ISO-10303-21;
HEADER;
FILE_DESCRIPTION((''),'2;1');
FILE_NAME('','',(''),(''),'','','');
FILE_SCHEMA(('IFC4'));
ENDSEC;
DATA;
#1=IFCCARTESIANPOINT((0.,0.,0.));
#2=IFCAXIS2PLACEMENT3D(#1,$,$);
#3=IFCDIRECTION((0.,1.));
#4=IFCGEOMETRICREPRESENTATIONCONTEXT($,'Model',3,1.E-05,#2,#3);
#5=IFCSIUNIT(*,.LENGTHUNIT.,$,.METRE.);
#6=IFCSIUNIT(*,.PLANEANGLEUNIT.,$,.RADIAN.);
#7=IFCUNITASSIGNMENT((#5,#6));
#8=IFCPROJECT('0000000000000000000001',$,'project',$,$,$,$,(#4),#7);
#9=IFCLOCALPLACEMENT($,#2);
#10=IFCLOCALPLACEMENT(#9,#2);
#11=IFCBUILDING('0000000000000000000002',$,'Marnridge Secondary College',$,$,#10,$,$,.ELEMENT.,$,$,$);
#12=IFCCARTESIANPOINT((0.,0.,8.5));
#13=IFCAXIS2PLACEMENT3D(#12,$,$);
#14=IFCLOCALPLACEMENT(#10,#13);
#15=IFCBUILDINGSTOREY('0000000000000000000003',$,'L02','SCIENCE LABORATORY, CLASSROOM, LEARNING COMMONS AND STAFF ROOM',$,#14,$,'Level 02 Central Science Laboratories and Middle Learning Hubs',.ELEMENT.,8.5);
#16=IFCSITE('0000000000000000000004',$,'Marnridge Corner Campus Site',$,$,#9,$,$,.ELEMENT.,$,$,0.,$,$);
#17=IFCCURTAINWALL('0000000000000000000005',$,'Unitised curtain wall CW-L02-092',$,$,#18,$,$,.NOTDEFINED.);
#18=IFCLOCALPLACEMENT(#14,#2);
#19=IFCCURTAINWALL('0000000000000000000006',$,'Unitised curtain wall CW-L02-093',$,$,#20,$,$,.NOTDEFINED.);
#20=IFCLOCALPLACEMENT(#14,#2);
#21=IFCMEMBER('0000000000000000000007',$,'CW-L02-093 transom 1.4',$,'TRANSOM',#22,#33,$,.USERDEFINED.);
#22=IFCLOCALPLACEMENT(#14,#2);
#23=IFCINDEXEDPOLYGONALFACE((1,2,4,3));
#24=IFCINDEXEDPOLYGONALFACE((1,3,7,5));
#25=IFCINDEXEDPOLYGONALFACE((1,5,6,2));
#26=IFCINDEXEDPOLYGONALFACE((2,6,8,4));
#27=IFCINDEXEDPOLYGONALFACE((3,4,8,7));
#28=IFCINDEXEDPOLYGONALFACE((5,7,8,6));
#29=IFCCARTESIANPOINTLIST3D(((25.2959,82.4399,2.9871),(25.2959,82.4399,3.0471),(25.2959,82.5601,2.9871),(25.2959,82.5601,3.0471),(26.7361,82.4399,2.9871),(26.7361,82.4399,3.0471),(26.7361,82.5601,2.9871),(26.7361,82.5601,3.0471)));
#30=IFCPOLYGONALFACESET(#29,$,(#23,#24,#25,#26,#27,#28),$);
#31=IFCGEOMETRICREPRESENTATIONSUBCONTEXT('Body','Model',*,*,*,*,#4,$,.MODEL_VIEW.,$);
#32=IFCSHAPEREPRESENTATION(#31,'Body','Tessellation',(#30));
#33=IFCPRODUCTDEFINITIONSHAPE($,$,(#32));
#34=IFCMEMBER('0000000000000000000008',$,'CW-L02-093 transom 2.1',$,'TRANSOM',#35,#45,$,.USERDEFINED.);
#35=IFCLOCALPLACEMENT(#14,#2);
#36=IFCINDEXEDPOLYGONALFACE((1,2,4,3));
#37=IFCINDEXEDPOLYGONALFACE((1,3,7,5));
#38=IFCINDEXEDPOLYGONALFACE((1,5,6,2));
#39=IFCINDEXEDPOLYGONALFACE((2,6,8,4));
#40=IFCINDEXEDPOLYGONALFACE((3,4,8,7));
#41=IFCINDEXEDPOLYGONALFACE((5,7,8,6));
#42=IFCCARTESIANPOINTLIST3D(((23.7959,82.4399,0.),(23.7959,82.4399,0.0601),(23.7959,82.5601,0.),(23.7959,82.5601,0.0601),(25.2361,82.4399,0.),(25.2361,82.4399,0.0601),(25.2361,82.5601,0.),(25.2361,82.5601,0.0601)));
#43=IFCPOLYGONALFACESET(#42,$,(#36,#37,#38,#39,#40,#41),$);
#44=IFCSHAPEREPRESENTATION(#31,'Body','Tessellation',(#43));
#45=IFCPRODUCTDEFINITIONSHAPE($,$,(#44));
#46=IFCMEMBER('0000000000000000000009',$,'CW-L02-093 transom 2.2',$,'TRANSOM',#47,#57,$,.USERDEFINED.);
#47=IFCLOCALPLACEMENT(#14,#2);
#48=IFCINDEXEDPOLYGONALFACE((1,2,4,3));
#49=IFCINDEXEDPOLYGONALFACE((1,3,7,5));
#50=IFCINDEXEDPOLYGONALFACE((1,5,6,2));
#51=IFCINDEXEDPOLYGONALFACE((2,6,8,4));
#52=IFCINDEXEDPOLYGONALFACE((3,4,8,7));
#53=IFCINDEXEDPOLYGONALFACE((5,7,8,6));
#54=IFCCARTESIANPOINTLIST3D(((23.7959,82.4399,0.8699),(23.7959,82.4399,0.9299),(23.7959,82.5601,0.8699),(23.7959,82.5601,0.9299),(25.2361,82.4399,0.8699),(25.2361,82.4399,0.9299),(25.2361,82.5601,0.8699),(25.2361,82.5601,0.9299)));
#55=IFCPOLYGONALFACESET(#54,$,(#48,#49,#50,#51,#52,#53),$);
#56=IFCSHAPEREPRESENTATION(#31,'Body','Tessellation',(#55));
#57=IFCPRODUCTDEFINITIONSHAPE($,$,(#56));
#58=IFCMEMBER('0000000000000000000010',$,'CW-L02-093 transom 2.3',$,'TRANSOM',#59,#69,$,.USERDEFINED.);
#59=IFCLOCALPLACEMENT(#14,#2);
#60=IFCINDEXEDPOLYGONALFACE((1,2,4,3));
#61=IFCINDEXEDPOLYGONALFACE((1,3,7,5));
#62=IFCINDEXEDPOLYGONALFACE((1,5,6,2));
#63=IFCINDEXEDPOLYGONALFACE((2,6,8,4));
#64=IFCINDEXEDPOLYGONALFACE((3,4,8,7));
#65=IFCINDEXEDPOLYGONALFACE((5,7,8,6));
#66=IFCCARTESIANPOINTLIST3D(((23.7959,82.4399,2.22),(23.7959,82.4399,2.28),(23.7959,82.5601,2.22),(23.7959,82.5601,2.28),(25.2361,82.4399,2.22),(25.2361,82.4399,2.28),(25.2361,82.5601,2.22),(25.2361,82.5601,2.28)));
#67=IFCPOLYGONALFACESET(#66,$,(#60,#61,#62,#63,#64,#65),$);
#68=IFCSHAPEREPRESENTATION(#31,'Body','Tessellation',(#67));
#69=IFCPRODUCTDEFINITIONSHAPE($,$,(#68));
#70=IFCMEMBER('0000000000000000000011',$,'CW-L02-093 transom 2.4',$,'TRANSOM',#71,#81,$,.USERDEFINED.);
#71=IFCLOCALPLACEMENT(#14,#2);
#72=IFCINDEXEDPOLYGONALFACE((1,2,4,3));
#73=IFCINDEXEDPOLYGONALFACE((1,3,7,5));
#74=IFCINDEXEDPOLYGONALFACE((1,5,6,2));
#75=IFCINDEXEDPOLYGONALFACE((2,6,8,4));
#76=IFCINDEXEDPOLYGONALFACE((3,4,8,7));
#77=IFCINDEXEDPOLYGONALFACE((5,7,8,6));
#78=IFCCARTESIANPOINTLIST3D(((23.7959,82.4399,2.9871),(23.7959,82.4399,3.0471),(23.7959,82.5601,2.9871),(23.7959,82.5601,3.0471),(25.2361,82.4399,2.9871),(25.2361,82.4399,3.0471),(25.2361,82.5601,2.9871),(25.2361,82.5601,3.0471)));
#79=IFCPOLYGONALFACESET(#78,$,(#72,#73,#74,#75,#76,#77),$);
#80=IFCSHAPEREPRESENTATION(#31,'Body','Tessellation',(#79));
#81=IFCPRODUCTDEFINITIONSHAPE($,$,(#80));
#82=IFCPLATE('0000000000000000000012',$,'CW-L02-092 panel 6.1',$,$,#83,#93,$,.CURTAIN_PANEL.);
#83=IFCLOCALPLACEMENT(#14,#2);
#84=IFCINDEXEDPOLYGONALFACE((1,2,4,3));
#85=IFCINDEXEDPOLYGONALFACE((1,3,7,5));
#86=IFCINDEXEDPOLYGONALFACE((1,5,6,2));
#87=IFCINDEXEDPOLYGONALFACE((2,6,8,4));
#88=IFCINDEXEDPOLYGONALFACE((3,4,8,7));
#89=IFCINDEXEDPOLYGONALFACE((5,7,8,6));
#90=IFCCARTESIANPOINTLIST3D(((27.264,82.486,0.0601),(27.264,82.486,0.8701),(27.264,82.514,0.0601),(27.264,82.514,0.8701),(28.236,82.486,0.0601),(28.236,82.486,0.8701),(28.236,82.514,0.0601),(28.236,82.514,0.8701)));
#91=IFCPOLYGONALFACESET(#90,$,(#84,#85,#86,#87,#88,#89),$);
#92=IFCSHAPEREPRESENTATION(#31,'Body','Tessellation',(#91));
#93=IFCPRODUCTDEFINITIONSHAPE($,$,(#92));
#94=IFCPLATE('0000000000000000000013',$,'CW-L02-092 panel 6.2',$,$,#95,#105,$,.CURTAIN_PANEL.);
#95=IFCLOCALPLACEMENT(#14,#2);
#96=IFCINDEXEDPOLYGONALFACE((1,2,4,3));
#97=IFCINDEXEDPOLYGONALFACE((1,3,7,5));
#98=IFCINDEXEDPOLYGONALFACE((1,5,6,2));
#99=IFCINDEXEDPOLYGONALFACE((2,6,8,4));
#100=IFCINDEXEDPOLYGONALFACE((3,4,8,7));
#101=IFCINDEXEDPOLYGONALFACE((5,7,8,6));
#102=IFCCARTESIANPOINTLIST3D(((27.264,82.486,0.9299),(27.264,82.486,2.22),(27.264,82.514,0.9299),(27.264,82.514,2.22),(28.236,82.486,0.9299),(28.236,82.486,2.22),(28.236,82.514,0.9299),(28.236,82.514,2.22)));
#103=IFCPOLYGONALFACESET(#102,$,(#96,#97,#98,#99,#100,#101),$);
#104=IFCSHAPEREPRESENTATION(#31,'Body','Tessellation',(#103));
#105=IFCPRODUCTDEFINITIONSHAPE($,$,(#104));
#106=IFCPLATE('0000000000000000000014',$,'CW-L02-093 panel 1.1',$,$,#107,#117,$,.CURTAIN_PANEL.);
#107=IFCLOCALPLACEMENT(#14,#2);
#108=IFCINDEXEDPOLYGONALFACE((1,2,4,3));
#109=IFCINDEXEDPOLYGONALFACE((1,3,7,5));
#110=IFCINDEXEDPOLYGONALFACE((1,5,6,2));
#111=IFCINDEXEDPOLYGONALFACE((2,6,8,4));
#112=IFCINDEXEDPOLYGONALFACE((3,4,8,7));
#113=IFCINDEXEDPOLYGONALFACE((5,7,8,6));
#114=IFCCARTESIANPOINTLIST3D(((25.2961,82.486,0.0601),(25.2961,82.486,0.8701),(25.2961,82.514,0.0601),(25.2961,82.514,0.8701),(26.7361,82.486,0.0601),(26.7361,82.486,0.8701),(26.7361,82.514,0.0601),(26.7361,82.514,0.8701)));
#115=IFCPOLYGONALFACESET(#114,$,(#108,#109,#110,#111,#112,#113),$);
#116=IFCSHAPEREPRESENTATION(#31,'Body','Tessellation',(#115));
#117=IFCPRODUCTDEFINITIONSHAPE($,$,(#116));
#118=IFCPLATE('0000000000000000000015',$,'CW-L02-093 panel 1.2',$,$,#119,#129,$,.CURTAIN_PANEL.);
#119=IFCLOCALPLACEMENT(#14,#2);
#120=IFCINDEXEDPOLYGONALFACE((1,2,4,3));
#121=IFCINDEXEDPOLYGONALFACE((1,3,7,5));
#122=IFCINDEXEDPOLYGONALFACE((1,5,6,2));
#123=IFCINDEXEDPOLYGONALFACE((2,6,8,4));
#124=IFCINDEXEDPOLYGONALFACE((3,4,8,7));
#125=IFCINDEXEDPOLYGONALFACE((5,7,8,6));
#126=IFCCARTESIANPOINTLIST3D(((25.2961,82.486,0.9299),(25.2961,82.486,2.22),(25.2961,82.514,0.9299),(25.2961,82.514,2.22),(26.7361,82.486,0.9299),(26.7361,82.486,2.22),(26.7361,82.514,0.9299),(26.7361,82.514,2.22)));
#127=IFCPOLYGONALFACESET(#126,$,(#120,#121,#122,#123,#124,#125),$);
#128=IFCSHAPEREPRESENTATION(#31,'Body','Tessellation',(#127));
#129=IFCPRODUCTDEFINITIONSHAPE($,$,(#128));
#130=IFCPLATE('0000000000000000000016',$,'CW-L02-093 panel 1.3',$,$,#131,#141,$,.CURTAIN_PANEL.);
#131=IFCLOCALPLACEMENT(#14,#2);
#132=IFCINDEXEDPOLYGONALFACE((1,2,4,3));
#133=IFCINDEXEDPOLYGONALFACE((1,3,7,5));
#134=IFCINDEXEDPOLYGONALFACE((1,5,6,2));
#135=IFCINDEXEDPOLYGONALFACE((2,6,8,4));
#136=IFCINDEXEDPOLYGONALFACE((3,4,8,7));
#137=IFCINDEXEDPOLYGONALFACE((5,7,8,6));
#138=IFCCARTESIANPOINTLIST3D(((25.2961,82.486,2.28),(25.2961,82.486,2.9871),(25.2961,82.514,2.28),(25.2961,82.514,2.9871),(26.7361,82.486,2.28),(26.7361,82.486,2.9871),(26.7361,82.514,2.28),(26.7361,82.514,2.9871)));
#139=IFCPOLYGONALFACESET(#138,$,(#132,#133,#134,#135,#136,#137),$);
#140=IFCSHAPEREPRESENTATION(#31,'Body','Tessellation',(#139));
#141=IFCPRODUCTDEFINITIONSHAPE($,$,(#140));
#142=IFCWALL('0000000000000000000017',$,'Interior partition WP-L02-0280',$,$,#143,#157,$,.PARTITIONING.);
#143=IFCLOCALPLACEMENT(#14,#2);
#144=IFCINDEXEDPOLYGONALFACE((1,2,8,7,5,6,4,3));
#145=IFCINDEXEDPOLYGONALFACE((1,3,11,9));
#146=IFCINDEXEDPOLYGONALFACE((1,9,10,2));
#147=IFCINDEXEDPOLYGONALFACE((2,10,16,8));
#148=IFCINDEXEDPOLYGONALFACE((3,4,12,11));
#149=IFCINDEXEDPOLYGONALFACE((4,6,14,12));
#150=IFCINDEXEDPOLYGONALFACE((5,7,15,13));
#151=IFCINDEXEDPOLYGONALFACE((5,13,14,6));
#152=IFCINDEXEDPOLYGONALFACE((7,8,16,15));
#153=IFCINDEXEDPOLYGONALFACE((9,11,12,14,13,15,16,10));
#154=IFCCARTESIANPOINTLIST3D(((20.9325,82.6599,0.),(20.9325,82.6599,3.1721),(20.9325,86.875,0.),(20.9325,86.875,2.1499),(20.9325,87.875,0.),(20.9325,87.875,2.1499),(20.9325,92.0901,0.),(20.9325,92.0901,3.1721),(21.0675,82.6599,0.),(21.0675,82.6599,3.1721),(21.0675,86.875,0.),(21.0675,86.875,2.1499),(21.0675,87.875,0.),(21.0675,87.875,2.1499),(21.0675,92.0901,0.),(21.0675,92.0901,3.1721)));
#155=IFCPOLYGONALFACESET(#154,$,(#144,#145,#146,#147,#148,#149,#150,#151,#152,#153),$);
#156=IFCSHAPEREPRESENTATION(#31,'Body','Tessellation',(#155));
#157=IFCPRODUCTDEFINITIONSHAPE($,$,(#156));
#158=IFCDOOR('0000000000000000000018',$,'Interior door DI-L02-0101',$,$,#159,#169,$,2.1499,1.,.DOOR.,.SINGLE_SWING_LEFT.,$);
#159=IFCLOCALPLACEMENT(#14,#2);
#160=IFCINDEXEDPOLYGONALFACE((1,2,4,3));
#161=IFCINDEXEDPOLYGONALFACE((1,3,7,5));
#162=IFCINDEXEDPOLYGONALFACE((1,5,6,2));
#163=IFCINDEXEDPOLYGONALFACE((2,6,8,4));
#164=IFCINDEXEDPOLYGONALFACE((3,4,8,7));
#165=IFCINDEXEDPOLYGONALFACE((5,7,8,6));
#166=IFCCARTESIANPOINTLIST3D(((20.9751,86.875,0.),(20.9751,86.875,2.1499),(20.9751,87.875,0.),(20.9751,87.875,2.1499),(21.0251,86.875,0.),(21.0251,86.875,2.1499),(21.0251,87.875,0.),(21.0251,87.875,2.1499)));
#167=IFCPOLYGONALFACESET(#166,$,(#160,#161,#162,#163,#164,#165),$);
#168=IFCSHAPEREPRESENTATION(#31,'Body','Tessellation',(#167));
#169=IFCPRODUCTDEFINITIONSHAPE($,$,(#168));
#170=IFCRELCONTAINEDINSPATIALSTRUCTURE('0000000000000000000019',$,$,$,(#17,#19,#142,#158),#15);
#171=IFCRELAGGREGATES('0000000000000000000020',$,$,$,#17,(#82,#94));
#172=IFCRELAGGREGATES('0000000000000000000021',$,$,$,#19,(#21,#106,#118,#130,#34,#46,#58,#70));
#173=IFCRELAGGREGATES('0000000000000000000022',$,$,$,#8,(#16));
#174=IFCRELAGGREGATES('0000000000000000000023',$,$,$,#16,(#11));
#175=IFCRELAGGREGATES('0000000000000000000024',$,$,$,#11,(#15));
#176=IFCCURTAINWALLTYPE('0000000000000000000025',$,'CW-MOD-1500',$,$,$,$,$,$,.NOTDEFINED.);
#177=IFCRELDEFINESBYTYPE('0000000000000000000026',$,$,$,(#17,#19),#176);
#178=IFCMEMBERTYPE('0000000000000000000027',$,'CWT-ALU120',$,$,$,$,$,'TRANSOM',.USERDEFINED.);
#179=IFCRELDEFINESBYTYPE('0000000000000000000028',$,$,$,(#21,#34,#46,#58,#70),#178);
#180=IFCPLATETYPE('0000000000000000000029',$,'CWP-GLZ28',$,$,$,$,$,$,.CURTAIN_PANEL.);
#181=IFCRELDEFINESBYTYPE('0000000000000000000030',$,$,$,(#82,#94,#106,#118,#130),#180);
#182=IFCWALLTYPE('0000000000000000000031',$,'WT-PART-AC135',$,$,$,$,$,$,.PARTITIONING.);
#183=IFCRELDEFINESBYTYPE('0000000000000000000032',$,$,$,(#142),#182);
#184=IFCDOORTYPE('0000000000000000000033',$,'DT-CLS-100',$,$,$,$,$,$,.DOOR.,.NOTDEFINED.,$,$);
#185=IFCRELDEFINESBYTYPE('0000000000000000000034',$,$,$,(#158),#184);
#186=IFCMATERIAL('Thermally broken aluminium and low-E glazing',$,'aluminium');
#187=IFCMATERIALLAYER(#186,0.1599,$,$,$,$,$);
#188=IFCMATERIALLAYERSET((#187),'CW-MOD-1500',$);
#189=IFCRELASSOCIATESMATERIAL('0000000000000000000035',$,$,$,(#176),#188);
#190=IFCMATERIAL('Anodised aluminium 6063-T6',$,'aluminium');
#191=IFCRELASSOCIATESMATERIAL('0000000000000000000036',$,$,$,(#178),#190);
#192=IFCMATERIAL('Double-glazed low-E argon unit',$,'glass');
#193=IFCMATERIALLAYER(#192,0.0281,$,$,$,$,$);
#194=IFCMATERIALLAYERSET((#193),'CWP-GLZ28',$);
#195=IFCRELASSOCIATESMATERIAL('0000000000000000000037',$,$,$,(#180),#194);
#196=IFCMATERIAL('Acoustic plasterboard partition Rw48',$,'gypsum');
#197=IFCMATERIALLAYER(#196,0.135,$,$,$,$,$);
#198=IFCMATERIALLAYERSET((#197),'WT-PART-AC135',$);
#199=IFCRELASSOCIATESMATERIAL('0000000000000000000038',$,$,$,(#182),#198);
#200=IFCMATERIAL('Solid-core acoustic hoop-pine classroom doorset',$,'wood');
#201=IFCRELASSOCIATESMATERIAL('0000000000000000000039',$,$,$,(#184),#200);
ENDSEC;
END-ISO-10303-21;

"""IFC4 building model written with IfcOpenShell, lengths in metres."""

from ifc_helpers import new_model, si_unit, direction, frame, frame_2d, origin, origin_2d, place, context, subcontext, project, spatial, rectangle, extrude, material, layer, layer_set, material_profile, profile_set, type_object, element, fill, aggregate, save


model = new_model("IFC4")

# Units and contexts
model_context = context("Model", 3, precision=1e-05, world=origin(), true_north=direction((0.0, 1.0)))
body_context = subcontext(model_context, "Body", "Model", "MODEL_VIEW")
ifc_project = project(units=[si_unit("LENGTHUNIT", "METRE"), si_unit("PLANEANGLEUNIT", "RADIAN")], contexts=[model_context])

# Site, building, storey
site_placement = place(None, origin())
site = spatial("IfcSite", under=ifc_project, at=site_placement, Name="Marnridge Corner Campus Site", CompositionType="ELEMENT", RefElevation=0.0)
building_placement = place(site_placement, origin())
building = spatial("IfcBuilding", under=site, at=building_placement, Name="Marnridge Secondary College", CompositionType="ELEMENT")
storey_placement = place(building_placement, frame((0.0, 0.0, 8.5)))
storey = spatial("IfcBuildingStorey", under=building, at=storey_placement, Name="L02", Description="SCIENCE LABORATORY, CLASSROOM, LEARNING COMMONS AND STAFF ROOM", LongName="Level 02 Central Science Laboratories and Middle Learning Hubs", CompositionType="ELEMENT", Elevation=8.5)

# Curtain wall
ifc_material_1 = material(Name="Thermally broken aluminium and low-E glazing", Category="aluminium")
ifc_layer_1 = layer(ifc_material_1, 0.1599)
ifc_layer_set_1 = layer_set([ifc_layer_1], Name="CW-MOD-1500")
curtain_wall_type = type_object("IfcCurtainWallType", Name="CW-MOD-1500", PredefinedType="NOTDEFINED", material=ifc_layer_set_1)
curtain_wall_1_placement = place(storey_placement, origin())
curtain_wall_1 = element("IfcCurtainWall", 1, at=curtain_wall_1_placement, inside=storey, type_object=curtain_wall_type, Name="Unitised curtain wall CW-L02-092", PredefinedType="NOTDEFINED")

# Curtain wall, members
curtain_wall_2_placement = place(storey_placement, origin())
curtain_wall_2 = element("IfcCurtainWall", 2, at=curtain_wall_2_placement, inside=storey, type_object=curtain_wall_type, Name="Unitised curtain wall CW-L02-093", PredefinedType="NOTDEFINED")
ifc_material_2 = material(Name="Anodised aluminium 6063-T6", Category="aluminium")
ifc_material_profile_1 = material_profile(ifc_material_2, rectangle(XDim=0.0601, YDim=0.1201, at=origin_2d()), Name="ALU 60x120")
ifc_profile_set_1 = profile_set([ifc_material_profile_1], Name="Anodised aluminium 6063-T6")
member_type_1 = type_object("IfcMemberType", Name="CWT-ALU120", ElementType="TRANSOM", PredefinedType="USERDEFINED", material=ifc_profile_set_1)
member_1_placement = place(storey_placement, frame((26.7361, 82.5, 3.0171), z_axis=(-1.0, 0.0, 0.0), x_axis=(0.0, 0.0, 1.0)))
member_1 = element("IfcMember", 3, at=member_1_placement, type_object=member_type_1, Name="CW-L02-093 transom 1.4", ObjectType="TRANSOM", PredefinedType="USERDEFINED", context=body_context, shape_type="SweptSolid", body=[
    extrude(rectangle(XDim=0.0601, YDim=0.1201, at=origin_2d()), origin(), (0.0, 0.0, 1.0), 1.4402),
])
member_2_placement = place(storey_placement, frame((25.2361, 82.5, 0.03), z_axis=(-1.0, 0.0, 0.0), x_axis=(0.0, 0.0, 1.0)))
member_2 = element("IfcMember", 4, at=member_2_placement, type_object=member_type_1, Name="CW-L02-093 transom 2.1", ObjectType="TRANSOM", PredefinedType="USERDEFINED", context=body_context, shape_type="SweptSolid", body=[
    extrude(rectangle(XDim=0.0601, YDim=0.1201, at=origin_2d()), origin(), (0.0, 0.0, 1.0), 1.4402),
])
member_3_placement = place(storey_placement, frame((25.2361, 82.5, 0.8999), z_axis=(-1.0, 0.0, 0.0), x_axis=(0.0, 0.0, 1.0)))
member_3 = element("IfcMember", 5, at=member_3_placement, type_object=member_type_1, Name="CW-L02-093 transom 2.2", ObjectType="TRANSOM", PredefinedType="USERDEFINED", context=body_context, shape_type="SweptSolid", body=[
    extrude(rectangle(XDim=0.0601, YDim=0.1201, at=origin_2d()), origin(), (0.0, 0.0, 1.0), 1.4402),
])
member_4_placement = place(storey_placement, frame((25.2361, 82.5, 2.25), z_axis=(-1.0, 0.0, 0.0), x_axis=(0.0, 0.0, 1.0)))
member_4 = element("IfcMember", 6, at=member_4_placement, type_object=member_type_1, Name="CW-L02-093 transom 2.3", ObjectType="TRANSOM", PredefinedType="USERDEFINED", context=body_context, shape_type="SweptSolid", body=[
    extrude(rectangle(XDim=0.0601, YDim=0.1201, at=origin_2d()), origin(), (0.0, 0.0, 1.0), 1.4402),
])
member_5_placement = place(storey_placement, frame((25.2361, 82.5, 3.0171), z_axis=(-1.0, 0.0, 0.0), x_axis=(0.0, 0.0, 1.0)))
member_5 = element("IfcMember", 7, at=member_5_placement, type_object=member_type_1, Name="CW-L02-093 transom 2.4", ObjectType="TRANSOM", PredefinedType="USERDEFINED", context=body_context, shape_type="SweptSolid", body=[
    extrude(rectangle(XDim=0.0601, YDim=0.1201, at=origin_2d()), origin(), (0.0, 0.0, 1.0), 1.4402),
])

# Plates
ifc_material_3 = material(Name="Double-glazed low-E argon unit", Category="glass")
ifc_layer_2 = layer(ifc_material_3, 0.0281)
ifc_layer_set_2 = layer_set([ifc_layer_2], Name="CWP-GLZ28")
plate_type = type_object("IfcPlateType", Name="CWP-GLZ28", PredefinedType="CURTAIN_PANEL", material=ifc_layer_set_2)
plate_1_placement = place(storey_placement, frame((27.75, 82.5, 0.0601), z_axis=(0.0, 0.0, 1.0), x_axis=(-1.0, 0.0, 0.0)))
plate_1 = element("IfcPlate", 8, at=plate_1_placement, type_object=plate_type, Name="CW-L02-092 panel 6.1", PredefinedType="CURTAIN_PANEL", context=body_context, shape_type="SweptSolid", body=[
    extrude(rectangle(XDim=0.9719, YDim=0.0281, at=origin_2d()), origin(), (0.0, 0.0, 1.0), 0.8101),
])
plate_2_placement = place(storey_placement, frame((27.75, 82.5, 0.9299), z_axis=(0.0, 0.0, 1.0), x_axis=(-1.0, 0.0, 0.0)))
plate_2 = element("IfcPlate", 9, at=plate_2_placement, type_object=plate_type, Name="CW-L02-092 panel 6.2", PredefinedType="CURTAIN_PANEL", context=body_context, shape_type="SweptSolid", body=[
    extrude(rectangle(XDim=0.9719, YDim=0.0281, at=origin_2d()), origin(), (0.0, 0.0, 1.0), 1.29),
])
aggregate(curtain_wall_1, [plate_1, plate_2])
plate_3_placement = place(storey_placement, frame((26.0161, 82.5, 0.0601), z_axis=(0.0, 0.0, 1.0), x_axis=(-1.0, 0.0, 0.0)))
plate_3 = element("IfcPlate", 10, at=plate_3_placement, type_object=plate_type, Name="CW-L02-093 panel 1.1", PredefinedType="CURTAIN_PANEL", context=body_context, shape_type="SweptSolid", body=[
    extrude(rectangle(XDim=1.4399, YDim=0.0281, at=origin_2d()), origin(), (0.0, 0.0, 1.0), 0.8101),
])
plate_4_placement = place(storey_placement, frame((26.0161, 82.5, 0.9299), z_axis=(0.0, 0.0, 1.0), x_axis=(-1.0, 0.0, 0.0)))
plate_4 = element("IfcPlate", 11, at=plate_4_placement, type_object=plate_type, Name="CW-L02-093 panel 1.2", PredefinedType="CURTAIN_PANEL", context=body_context, shape_type="SweptSolid", body=[
    extrude(rectangle(XDim=1.4399, YDim=0.0281, at=origin_2d()), origin(), (0.0, 0.0, 1.0), 1.29),
])
plate_5_placement = place(storey_placement, frame((26.0161, 82.5, 2.28), z_axis=(0.0, 0.0, 1.0), x_axis=(-1.0, 0.0, 0.0)))
plate_5 = element("IfcPlate", 12, at=plate_5_placement, type_object=plate_type, Name="CW-L02-093 panel 1.3", PredefinedType="CURTAIN_PANEL", context=body_context, shape_type="SweptSolid", body=[
    extrude(rectangle(XDim=1.4399, YDim=0.0281, at=origin_2d()), origin(), (0.0, 0.0, 1.0), 0.707),
])
aggregate(curtain_wall_2, [member_1, plate_3, plate_4, plate_5, member_2, member_3, member_4, member_5])

# Wall, opening, door
ifc_material_4 = material(Name="Acoustic plasterboard partition Rw48", Category="gypsum")
ifc_layer_3 = layer(ifc_material_4, 0.135)
ifc_layer_set_3 = layer_set([ifc_layer_3], Name="WT-PART-AC135")
wall_type_1 = type_object("IfcWallType", Name="WT-PART-AC135", PredefinedType="PARTITIONING", material=ifc_layer_set_3)
wall_1_placement = place(storey_placement, frame((21.0, 82.6599, 0.0), z_axis=(0.0, 0.0, 1.0), x_axis=(0.0, 1.0, 0.0)))
wall_1 = element("IfcWall", 13, at=wall_1_placement, inside=storey, type_object=wall_type_1, Name="Interior partition WP-L02-0280", PredefinedType="PARTITIONING", context=body_context, shape_type="SweptSolid", body=[
    extrude(rectangle(XDim=9.4302, YDim=0.135, at=frame_2d((4.7151, 0.0))), origin(), (0.0, 0.0, 1.0), 3.1721),
])
opening_1_placement = place(wall_1_placement, frame((4.2151, 0.0, 0.0)))
opening_1 = element("IfcOpeningElement", 14, at=opening_1_placement, cuts=wall_1, PredefinedType="OPENING", context=body_context, shape_type="SweptSolid", body=[
    extrude(rectangle(XDim=1.0, YDim=2.1499, at=frame_2d((0.5, 1.075))), frame((0.0, 0.0774, 0.0), z_axis=(0.0, -1.0, 0.0), x_axis=(1.0, 0.0, 0.0)), (0.0, 0.0, 1.0), 0.155),
])
ifc_material_5 = material(Name="Solid-core acoustic hoop-pine classroom doorset", Category="wood")
door_type_1 = type_object("IfcDoorType", Name="DT-CLS-100", OperationType="NOTDEFINED", PredefinedType="DOOR", material=ifc_material_5)
door_1_placement = place(opening_1_placement, origin())
door_1 = element("IfcDoor", 15, at=door_1_placement, inside=storey, type_object=door_type_1, Name="Interior door DI-L02-0101", OperationType="SINGLE_SWING_LEFT", OverallHeight=2.1499, OverallWidth=1.0, PredefinedType="DOOR", context=body_context, shape_type="SweptSolid", body=[
    extrude(rectangle(XDim=1.0, YDim=2.1499, at=frame_2d((0.5, 1.075))), frame((0.0, 0.0249, 0.0), z_axis=(0.0, -1.0, 0.0), x_axis=(1.0, 0.0, 0.0)), (0.0, 0.0, 1.0), 0.05),
])
fill(opening_1, door_1)

save(model, "model.ifc")
